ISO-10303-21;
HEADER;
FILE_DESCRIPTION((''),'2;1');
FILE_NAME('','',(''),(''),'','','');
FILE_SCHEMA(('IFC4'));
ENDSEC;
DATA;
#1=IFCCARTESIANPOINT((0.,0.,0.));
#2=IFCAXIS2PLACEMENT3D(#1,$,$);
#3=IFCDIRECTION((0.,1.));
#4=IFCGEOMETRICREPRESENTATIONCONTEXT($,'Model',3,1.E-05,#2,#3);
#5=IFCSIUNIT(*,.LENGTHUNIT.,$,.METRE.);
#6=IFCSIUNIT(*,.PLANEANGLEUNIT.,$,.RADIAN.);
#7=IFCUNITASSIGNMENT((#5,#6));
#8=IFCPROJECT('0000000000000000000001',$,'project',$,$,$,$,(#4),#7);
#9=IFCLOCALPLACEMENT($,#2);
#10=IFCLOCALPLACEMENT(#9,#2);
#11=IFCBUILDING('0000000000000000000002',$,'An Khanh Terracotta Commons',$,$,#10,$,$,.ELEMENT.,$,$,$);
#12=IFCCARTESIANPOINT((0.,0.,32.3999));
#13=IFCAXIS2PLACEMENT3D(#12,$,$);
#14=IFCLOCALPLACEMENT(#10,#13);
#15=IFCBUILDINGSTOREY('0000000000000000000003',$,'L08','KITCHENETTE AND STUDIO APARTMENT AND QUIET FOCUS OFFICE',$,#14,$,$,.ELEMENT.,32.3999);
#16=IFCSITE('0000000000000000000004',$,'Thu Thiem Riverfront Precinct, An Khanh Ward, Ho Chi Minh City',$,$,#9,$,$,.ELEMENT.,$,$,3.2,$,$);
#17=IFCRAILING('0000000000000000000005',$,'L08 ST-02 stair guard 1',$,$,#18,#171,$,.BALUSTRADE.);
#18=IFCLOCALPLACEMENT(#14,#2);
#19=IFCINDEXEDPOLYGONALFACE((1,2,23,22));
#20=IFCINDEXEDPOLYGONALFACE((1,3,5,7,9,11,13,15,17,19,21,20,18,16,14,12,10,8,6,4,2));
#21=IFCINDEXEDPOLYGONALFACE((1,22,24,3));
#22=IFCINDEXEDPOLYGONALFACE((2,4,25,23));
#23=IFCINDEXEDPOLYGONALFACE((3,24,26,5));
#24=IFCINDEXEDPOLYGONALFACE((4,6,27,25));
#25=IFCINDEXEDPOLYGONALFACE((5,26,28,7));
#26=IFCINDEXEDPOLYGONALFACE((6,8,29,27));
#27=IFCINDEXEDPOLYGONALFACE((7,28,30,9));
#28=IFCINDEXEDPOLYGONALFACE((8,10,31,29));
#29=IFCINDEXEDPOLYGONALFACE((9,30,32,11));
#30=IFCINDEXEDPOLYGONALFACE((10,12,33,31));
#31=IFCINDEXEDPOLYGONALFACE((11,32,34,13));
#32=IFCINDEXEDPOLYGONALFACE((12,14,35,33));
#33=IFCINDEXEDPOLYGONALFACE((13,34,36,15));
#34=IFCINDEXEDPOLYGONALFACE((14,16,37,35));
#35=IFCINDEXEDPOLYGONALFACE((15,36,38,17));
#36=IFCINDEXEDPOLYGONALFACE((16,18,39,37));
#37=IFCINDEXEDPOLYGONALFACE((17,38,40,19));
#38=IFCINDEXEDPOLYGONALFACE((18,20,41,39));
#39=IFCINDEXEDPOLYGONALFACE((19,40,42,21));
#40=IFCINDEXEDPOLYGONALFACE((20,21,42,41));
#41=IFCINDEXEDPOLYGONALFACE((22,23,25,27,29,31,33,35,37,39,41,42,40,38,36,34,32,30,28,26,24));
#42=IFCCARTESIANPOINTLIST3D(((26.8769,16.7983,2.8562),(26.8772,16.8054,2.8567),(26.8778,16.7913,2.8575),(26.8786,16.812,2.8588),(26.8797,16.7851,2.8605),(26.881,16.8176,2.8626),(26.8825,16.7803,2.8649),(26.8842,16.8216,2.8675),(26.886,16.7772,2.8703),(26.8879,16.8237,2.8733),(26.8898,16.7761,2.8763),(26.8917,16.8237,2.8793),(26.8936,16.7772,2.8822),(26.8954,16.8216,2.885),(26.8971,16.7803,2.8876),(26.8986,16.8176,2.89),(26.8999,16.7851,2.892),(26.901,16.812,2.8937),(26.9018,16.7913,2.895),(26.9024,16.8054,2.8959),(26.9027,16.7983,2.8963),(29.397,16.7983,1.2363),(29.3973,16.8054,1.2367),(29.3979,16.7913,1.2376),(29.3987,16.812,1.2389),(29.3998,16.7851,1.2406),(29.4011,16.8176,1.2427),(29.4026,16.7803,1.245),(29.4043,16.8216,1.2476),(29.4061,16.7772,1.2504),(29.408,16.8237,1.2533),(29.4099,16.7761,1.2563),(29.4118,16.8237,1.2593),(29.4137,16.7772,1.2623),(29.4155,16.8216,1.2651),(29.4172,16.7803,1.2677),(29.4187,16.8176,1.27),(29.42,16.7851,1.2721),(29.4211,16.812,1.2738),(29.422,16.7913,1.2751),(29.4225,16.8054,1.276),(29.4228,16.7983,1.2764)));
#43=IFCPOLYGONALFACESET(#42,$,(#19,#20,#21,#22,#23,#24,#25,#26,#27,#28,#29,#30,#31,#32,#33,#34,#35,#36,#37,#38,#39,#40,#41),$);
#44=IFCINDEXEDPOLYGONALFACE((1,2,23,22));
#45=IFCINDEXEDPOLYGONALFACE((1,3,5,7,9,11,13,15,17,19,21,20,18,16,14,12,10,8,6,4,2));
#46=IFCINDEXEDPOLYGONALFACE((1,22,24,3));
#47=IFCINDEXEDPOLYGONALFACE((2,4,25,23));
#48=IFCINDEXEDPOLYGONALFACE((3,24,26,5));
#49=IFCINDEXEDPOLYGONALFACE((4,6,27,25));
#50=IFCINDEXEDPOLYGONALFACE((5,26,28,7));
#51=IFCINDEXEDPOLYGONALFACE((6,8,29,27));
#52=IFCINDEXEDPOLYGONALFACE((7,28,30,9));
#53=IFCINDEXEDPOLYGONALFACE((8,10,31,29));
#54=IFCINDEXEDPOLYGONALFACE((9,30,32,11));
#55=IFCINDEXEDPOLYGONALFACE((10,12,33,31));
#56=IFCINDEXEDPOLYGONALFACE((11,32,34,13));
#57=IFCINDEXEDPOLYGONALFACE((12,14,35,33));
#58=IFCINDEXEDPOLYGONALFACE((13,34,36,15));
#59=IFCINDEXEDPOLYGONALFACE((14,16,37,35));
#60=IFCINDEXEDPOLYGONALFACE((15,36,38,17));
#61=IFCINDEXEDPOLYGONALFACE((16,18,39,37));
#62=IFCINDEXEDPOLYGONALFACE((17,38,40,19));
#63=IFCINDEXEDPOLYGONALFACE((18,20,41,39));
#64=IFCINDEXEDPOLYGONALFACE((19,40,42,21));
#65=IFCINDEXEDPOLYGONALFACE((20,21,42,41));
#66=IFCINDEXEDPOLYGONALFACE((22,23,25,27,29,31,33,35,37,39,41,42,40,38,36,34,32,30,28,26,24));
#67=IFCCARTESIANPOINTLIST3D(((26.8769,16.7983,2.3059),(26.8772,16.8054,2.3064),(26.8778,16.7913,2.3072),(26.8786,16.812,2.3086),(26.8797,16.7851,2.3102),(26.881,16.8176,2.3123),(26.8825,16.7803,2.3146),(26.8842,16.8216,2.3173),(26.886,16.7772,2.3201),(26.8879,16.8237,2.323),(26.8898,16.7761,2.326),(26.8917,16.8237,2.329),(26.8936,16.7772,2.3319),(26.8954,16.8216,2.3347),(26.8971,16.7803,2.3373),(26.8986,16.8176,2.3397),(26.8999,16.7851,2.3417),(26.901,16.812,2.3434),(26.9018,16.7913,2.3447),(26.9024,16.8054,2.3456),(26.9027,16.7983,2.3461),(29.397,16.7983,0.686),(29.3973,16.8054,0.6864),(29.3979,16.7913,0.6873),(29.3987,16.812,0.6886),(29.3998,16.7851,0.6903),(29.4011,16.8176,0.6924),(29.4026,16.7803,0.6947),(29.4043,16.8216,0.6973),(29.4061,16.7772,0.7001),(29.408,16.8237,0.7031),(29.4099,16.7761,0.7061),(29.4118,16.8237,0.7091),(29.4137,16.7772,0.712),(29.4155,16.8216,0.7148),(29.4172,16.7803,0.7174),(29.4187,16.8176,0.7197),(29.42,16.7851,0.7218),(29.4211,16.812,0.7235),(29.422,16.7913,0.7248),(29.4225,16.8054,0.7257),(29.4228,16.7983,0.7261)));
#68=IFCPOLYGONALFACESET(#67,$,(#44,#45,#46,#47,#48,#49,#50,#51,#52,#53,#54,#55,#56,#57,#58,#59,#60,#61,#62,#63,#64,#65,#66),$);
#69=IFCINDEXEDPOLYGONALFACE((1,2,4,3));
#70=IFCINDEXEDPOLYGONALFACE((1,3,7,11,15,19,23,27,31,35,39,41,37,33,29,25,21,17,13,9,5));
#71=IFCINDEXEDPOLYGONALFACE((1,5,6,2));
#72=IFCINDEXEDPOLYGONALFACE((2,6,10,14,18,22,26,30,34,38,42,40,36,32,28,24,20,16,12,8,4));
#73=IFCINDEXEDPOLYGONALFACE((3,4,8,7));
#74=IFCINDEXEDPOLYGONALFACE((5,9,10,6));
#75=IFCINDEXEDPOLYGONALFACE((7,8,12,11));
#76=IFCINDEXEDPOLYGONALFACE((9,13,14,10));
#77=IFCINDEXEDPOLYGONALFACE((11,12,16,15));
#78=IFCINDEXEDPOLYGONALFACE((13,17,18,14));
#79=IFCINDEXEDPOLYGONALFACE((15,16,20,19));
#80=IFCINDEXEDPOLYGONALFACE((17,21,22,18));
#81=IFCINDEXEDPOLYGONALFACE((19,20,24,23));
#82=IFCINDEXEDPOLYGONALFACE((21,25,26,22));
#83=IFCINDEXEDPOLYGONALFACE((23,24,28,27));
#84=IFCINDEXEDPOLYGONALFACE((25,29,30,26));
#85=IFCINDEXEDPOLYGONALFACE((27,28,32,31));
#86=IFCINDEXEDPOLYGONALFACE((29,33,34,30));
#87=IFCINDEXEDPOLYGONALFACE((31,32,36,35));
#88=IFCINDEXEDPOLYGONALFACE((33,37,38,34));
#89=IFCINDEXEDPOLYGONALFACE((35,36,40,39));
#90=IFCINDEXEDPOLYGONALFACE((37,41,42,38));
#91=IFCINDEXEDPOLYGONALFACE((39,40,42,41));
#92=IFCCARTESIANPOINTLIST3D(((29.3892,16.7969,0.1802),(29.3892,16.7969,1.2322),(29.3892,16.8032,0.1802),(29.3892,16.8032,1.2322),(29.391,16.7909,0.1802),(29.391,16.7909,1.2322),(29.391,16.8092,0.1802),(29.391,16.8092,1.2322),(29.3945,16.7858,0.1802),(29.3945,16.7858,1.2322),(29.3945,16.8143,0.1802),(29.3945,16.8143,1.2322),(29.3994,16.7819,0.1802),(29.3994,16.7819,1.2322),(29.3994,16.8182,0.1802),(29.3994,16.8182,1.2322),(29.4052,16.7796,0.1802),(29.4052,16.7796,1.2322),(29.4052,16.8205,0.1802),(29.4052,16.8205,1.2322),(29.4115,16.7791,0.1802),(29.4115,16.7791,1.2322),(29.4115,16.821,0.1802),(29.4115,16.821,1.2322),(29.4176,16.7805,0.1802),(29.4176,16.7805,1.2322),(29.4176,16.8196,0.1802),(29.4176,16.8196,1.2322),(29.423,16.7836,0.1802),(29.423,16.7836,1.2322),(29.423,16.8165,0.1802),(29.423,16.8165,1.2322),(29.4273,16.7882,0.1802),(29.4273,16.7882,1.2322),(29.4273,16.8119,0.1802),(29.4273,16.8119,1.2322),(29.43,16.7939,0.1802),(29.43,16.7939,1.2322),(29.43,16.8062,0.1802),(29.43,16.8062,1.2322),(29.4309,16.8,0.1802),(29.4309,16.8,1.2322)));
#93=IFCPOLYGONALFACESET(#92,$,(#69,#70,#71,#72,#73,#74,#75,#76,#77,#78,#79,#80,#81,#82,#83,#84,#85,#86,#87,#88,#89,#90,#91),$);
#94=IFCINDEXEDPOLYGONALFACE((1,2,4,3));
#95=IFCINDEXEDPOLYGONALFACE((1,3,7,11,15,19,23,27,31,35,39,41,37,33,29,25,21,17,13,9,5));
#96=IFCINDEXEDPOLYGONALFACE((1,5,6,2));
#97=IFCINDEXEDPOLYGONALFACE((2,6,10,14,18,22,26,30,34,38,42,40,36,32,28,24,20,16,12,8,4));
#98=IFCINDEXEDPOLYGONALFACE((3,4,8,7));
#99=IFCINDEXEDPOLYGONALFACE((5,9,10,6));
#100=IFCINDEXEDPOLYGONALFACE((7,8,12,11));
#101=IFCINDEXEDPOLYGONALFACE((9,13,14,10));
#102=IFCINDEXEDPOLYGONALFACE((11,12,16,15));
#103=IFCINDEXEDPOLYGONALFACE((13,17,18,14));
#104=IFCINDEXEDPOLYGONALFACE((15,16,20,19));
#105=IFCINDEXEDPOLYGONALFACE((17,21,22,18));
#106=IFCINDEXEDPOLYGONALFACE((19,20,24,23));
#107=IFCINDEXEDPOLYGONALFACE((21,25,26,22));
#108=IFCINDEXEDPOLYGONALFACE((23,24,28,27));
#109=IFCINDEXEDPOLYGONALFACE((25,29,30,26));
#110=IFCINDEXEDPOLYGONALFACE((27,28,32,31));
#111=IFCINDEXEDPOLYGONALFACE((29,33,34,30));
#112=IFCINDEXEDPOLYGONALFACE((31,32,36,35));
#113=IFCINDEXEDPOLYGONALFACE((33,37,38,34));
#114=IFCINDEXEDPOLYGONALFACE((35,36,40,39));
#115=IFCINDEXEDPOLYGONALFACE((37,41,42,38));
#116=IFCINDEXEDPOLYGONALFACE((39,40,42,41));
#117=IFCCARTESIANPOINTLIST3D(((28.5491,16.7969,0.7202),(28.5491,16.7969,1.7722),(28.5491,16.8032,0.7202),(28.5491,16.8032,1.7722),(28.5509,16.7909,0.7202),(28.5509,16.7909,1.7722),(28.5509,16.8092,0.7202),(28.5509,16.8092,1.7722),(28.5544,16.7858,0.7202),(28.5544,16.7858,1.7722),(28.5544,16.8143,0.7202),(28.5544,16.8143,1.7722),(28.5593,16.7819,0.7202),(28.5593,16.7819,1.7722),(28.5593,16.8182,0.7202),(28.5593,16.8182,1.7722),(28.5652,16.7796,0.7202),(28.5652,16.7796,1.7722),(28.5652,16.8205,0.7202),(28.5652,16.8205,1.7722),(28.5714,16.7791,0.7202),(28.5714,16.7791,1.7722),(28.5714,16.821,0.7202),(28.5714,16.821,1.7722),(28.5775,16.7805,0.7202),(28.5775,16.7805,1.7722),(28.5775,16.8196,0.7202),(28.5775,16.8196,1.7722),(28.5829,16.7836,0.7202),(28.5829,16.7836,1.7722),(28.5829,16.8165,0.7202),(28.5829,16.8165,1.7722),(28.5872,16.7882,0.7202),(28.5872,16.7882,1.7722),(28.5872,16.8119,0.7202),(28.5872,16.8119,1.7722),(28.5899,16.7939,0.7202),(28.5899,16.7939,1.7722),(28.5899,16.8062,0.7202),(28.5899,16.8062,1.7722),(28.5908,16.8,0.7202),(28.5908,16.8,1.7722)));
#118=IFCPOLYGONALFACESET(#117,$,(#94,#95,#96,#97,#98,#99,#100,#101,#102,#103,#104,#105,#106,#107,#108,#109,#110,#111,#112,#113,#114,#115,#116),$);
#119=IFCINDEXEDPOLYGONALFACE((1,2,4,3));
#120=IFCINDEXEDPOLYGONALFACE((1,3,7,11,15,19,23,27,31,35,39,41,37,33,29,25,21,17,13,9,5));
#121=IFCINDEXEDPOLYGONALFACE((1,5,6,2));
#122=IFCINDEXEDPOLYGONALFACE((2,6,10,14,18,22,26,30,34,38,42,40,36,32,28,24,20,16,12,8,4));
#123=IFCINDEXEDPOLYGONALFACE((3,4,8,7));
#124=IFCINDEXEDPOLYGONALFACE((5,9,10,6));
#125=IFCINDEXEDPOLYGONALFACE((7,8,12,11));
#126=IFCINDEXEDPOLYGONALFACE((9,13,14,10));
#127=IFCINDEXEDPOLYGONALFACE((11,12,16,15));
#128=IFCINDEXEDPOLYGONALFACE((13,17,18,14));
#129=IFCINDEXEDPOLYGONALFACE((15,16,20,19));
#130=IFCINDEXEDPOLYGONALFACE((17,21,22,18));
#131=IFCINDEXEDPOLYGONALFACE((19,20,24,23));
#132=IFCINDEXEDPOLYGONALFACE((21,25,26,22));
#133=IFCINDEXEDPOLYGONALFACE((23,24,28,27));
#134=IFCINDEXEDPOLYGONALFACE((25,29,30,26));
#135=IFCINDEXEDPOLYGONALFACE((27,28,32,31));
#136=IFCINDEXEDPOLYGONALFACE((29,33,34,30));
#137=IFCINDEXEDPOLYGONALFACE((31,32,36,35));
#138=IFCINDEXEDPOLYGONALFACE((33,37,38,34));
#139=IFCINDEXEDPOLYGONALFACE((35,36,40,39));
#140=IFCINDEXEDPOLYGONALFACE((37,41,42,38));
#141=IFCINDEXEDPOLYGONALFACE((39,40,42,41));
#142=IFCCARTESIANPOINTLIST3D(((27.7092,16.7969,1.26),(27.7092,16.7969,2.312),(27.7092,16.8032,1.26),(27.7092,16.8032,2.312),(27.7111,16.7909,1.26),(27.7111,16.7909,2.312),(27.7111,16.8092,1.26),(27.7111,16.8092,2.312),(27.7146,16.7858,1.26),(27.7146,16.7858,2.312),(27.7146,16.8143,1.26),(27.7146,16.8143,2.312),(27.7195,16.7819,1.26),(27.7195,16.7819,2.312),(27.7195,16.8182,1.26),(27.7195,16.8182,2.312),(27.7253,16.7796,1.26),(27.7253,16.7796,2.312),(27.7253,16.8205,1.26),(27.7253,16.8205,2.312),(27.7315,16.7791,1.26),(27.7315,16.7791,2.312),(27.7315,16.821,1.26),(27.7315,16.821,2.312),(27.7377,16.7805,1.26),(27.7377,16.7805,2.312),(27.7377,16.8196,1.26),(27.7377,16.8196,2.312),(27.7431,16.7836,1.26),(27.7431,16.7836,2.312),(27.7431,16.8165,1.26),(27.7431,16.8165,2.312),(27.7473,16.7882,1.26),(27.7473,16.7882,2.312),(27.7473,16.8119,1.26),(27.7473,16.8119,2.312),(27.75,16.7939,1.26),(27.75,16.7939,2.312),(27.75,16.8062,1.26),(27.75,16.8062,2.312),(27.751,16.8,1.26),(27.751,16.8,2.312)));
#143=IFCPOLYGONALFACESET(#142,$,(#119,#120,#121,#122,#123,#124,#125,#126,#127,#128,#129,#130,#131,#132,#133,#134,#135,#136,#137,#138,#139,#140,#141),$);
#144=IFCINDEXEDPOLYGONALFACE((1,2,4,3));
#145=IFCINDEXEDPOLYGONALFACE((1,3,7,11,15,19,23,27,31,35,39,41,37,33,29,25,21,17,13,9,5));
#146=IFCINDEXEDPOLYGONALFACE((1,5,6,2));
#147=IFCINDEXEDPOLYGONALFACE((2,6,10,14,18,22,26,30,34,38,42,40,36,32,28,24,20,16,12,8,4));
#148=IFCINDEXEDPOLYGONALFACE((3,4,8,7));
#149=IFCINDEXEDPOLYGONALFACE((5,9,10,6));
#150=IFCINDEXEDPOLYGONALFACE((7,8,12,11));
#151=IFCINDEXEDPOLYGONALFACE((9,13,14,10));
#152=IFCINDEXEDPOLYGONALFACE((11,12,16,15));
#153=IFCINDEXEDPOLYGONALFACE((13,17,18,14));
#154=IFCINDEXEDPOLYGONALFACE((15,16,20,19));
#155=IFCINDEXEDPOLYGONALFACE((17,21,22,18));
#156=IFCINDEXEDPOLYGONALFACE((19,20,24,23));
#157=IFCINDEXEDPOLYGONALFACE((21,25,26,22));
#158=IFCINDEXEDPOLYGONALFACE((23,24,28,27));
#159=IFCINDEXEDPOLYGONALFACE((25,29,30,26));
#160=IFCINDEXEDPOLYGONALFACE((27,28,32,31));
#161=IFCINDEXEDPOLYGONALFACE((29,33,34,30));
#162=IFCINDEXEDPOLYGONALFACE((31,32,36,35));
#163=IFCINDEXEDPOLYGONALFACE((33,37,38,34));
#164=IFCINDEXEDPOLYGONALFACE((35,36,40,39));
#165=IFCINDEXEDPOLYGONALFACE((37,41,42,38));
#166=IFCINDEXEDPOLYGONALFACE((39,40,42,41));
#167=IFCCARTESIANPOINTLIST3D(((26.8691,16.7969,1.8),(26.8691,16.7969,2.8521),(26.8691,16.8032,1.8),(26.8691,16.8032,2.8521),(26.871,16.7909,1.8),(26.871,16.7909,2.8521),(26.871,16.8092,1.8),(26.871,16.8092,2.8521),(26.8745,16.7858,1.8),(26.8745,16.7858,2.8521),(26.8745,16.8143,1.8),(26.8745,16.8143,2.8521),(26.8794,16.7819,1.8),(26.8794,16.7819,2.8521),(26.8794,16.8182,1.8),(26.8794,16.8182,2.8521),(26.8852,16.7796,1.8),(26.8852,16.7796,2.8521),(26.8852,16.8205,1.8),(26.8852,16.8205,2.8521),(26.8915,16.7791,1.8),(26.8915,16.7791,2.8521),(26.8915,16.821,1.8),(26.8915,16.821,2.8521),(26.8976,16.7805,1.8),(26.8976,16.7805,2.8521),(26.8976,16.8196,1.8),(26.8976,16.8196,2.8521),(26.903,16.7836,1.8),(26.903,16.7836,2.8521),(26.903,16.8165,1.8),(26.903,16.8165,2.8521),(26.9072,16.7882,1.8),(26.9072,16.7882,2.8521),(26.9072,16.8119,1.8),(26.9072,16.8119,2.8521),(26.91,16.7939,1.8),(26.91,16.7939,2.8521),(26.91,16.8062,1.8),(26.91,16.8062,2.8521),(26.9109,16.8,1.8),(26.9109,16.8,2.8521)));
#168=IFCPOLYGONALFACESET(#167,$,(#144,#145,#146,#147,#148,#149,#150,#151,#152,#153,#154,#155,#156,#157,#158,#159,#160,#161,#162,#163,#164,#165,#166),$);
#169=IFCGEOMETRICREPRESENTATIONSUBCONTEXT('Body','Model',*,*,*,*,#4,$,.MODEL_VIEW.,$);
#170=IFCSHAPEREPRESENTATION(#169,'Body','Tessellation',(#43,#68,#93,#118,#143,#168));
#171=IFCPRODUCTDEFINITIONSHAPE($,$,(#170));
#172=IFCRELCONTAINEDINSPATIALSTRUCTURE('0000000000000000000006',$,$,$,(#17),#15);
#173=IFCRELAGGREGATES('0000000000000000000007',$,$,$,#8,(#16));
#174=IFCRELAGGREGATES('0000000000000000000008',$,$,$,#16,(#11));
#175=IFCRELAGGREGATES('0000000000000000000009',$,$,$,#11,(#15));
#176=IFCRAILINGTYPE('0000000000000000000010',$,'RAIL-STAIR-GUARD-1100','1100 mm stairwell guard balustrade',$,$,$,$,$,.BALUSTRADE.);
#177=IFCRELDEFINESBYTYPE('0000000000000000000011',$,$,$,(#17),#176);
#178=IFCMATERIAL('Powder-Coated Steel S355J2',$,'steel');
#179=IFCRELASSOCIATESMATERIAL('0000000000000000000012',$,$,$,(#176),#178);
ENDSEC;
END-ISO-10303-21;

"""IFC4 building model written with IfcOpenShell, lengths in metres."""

from ifc_helpers import new_model, si_unit, direction, frame, origin, origin_2d, place, context, subcontext, project, spatial, circle, extrude, material, type_object, element, save


model = new_model("IFC4")

# Units and contexts
model_context = context("Model", 3, precision=1e-05, world=origin(), true_north=direction((0.0, 1.0)))
body_context = subcontext(model_context, "Body", "Model", "MODEL_VIEW")
ifc_project = project(units=[si_unit("LENGTHUNIT", "METRE"), si_unit("PLANEANGLEUNIT", "RADIAN")], contexts=[model_context])

# Site, building, storey
site_placement = place(None, origin())
site = spatial("IfcSite", under=ifc_project, at=site_placement, Name="Thu Thiem Riverfront Precinct, An Khanh Ward, Ho Chi Minh City", CompositionType="ELEMENT", RefElevation=3.2)
building_placement = place(site_placement, origin())
building = spatial("IfcBuilding", under=site, at=building_placement, Name="An Khanh Terracotta Commons", CompositionType="ELEMENT")
storey_placement = place(building_placement, frame((0.0, 0.0, 32.3999)))
storey = spatial("IfcBuildingStorey", under=building, at=storey_placement, Name="L08", Description="KITCHENETTE AND STUDIO APARTMENT AND QUIET FOCUS OFFICE", CompositionType="ELEMENT", Elevation=32.3999)

# Railing
ifc_material_1 = material(Name="Powder-Coated Steel S355J2", Category="steel")
railing_type_1 = type_object("IfcRailingType", Name="RAIL-STAIR-GUARD-1100", Description="1100 mm stairwell guard balustrade", PredefinedType="BALUSTRADE", material=ifc_material_1)
railing_1_placement = place(storey_placement, frame((29.4099, 16.8, 0.1802)))
element("IfcRailing", 1, at=railing_1_placement, inside=storey, type_object=railing_type_1, Name="L08 ST-02 stair guard 1", PredefinedType="BALUSTRADE", context=body_context, shape_type="SweptSolid", body=[
    extrude(circle(Radius=0.0239, at=origin_2d()), frame((0.0, 0.0, 1.0762), z_axis=(-0.8412, 0.0, 0.540725), x_axis=(0.0, -1.0, 0.0)), (0.0, 0.0, 1.0), 2.9958),
    extrude(circle(Radius=0.0239, at=origin_2d()), frame((0.0, 0.0, 0.5259), z_axis=(-0.8412, 0.0, 0.540725), x_axis=(0.0, -1.0, 0.0)), (0.0, 0.0, 1.0), 2.9958),
    extrude(circle(Radius=0.021, at=origin_2d()), origin(), (0.0, 0.0, 1.0), 1.052),
    extrude(circle(Radius=0.021, at=origin_2d()), frame((-0.8401, 0.0, 0.54)), (0.0, 0.0, 1.0), 1.052),
    extrude(circle(Radius=0.021, at=origin_2d()), frame((-1.6799, 0.0, 1.0798)), (0.0, 0.0, 1.0), 1.052),
    extrude(circle(Radius=0.021, at=origin_2d()), frame((-2.52, 0.0, 1.6199)), (0.0, 0.0, 1.0), 1.052),
])

save(model, "model.ifc")
